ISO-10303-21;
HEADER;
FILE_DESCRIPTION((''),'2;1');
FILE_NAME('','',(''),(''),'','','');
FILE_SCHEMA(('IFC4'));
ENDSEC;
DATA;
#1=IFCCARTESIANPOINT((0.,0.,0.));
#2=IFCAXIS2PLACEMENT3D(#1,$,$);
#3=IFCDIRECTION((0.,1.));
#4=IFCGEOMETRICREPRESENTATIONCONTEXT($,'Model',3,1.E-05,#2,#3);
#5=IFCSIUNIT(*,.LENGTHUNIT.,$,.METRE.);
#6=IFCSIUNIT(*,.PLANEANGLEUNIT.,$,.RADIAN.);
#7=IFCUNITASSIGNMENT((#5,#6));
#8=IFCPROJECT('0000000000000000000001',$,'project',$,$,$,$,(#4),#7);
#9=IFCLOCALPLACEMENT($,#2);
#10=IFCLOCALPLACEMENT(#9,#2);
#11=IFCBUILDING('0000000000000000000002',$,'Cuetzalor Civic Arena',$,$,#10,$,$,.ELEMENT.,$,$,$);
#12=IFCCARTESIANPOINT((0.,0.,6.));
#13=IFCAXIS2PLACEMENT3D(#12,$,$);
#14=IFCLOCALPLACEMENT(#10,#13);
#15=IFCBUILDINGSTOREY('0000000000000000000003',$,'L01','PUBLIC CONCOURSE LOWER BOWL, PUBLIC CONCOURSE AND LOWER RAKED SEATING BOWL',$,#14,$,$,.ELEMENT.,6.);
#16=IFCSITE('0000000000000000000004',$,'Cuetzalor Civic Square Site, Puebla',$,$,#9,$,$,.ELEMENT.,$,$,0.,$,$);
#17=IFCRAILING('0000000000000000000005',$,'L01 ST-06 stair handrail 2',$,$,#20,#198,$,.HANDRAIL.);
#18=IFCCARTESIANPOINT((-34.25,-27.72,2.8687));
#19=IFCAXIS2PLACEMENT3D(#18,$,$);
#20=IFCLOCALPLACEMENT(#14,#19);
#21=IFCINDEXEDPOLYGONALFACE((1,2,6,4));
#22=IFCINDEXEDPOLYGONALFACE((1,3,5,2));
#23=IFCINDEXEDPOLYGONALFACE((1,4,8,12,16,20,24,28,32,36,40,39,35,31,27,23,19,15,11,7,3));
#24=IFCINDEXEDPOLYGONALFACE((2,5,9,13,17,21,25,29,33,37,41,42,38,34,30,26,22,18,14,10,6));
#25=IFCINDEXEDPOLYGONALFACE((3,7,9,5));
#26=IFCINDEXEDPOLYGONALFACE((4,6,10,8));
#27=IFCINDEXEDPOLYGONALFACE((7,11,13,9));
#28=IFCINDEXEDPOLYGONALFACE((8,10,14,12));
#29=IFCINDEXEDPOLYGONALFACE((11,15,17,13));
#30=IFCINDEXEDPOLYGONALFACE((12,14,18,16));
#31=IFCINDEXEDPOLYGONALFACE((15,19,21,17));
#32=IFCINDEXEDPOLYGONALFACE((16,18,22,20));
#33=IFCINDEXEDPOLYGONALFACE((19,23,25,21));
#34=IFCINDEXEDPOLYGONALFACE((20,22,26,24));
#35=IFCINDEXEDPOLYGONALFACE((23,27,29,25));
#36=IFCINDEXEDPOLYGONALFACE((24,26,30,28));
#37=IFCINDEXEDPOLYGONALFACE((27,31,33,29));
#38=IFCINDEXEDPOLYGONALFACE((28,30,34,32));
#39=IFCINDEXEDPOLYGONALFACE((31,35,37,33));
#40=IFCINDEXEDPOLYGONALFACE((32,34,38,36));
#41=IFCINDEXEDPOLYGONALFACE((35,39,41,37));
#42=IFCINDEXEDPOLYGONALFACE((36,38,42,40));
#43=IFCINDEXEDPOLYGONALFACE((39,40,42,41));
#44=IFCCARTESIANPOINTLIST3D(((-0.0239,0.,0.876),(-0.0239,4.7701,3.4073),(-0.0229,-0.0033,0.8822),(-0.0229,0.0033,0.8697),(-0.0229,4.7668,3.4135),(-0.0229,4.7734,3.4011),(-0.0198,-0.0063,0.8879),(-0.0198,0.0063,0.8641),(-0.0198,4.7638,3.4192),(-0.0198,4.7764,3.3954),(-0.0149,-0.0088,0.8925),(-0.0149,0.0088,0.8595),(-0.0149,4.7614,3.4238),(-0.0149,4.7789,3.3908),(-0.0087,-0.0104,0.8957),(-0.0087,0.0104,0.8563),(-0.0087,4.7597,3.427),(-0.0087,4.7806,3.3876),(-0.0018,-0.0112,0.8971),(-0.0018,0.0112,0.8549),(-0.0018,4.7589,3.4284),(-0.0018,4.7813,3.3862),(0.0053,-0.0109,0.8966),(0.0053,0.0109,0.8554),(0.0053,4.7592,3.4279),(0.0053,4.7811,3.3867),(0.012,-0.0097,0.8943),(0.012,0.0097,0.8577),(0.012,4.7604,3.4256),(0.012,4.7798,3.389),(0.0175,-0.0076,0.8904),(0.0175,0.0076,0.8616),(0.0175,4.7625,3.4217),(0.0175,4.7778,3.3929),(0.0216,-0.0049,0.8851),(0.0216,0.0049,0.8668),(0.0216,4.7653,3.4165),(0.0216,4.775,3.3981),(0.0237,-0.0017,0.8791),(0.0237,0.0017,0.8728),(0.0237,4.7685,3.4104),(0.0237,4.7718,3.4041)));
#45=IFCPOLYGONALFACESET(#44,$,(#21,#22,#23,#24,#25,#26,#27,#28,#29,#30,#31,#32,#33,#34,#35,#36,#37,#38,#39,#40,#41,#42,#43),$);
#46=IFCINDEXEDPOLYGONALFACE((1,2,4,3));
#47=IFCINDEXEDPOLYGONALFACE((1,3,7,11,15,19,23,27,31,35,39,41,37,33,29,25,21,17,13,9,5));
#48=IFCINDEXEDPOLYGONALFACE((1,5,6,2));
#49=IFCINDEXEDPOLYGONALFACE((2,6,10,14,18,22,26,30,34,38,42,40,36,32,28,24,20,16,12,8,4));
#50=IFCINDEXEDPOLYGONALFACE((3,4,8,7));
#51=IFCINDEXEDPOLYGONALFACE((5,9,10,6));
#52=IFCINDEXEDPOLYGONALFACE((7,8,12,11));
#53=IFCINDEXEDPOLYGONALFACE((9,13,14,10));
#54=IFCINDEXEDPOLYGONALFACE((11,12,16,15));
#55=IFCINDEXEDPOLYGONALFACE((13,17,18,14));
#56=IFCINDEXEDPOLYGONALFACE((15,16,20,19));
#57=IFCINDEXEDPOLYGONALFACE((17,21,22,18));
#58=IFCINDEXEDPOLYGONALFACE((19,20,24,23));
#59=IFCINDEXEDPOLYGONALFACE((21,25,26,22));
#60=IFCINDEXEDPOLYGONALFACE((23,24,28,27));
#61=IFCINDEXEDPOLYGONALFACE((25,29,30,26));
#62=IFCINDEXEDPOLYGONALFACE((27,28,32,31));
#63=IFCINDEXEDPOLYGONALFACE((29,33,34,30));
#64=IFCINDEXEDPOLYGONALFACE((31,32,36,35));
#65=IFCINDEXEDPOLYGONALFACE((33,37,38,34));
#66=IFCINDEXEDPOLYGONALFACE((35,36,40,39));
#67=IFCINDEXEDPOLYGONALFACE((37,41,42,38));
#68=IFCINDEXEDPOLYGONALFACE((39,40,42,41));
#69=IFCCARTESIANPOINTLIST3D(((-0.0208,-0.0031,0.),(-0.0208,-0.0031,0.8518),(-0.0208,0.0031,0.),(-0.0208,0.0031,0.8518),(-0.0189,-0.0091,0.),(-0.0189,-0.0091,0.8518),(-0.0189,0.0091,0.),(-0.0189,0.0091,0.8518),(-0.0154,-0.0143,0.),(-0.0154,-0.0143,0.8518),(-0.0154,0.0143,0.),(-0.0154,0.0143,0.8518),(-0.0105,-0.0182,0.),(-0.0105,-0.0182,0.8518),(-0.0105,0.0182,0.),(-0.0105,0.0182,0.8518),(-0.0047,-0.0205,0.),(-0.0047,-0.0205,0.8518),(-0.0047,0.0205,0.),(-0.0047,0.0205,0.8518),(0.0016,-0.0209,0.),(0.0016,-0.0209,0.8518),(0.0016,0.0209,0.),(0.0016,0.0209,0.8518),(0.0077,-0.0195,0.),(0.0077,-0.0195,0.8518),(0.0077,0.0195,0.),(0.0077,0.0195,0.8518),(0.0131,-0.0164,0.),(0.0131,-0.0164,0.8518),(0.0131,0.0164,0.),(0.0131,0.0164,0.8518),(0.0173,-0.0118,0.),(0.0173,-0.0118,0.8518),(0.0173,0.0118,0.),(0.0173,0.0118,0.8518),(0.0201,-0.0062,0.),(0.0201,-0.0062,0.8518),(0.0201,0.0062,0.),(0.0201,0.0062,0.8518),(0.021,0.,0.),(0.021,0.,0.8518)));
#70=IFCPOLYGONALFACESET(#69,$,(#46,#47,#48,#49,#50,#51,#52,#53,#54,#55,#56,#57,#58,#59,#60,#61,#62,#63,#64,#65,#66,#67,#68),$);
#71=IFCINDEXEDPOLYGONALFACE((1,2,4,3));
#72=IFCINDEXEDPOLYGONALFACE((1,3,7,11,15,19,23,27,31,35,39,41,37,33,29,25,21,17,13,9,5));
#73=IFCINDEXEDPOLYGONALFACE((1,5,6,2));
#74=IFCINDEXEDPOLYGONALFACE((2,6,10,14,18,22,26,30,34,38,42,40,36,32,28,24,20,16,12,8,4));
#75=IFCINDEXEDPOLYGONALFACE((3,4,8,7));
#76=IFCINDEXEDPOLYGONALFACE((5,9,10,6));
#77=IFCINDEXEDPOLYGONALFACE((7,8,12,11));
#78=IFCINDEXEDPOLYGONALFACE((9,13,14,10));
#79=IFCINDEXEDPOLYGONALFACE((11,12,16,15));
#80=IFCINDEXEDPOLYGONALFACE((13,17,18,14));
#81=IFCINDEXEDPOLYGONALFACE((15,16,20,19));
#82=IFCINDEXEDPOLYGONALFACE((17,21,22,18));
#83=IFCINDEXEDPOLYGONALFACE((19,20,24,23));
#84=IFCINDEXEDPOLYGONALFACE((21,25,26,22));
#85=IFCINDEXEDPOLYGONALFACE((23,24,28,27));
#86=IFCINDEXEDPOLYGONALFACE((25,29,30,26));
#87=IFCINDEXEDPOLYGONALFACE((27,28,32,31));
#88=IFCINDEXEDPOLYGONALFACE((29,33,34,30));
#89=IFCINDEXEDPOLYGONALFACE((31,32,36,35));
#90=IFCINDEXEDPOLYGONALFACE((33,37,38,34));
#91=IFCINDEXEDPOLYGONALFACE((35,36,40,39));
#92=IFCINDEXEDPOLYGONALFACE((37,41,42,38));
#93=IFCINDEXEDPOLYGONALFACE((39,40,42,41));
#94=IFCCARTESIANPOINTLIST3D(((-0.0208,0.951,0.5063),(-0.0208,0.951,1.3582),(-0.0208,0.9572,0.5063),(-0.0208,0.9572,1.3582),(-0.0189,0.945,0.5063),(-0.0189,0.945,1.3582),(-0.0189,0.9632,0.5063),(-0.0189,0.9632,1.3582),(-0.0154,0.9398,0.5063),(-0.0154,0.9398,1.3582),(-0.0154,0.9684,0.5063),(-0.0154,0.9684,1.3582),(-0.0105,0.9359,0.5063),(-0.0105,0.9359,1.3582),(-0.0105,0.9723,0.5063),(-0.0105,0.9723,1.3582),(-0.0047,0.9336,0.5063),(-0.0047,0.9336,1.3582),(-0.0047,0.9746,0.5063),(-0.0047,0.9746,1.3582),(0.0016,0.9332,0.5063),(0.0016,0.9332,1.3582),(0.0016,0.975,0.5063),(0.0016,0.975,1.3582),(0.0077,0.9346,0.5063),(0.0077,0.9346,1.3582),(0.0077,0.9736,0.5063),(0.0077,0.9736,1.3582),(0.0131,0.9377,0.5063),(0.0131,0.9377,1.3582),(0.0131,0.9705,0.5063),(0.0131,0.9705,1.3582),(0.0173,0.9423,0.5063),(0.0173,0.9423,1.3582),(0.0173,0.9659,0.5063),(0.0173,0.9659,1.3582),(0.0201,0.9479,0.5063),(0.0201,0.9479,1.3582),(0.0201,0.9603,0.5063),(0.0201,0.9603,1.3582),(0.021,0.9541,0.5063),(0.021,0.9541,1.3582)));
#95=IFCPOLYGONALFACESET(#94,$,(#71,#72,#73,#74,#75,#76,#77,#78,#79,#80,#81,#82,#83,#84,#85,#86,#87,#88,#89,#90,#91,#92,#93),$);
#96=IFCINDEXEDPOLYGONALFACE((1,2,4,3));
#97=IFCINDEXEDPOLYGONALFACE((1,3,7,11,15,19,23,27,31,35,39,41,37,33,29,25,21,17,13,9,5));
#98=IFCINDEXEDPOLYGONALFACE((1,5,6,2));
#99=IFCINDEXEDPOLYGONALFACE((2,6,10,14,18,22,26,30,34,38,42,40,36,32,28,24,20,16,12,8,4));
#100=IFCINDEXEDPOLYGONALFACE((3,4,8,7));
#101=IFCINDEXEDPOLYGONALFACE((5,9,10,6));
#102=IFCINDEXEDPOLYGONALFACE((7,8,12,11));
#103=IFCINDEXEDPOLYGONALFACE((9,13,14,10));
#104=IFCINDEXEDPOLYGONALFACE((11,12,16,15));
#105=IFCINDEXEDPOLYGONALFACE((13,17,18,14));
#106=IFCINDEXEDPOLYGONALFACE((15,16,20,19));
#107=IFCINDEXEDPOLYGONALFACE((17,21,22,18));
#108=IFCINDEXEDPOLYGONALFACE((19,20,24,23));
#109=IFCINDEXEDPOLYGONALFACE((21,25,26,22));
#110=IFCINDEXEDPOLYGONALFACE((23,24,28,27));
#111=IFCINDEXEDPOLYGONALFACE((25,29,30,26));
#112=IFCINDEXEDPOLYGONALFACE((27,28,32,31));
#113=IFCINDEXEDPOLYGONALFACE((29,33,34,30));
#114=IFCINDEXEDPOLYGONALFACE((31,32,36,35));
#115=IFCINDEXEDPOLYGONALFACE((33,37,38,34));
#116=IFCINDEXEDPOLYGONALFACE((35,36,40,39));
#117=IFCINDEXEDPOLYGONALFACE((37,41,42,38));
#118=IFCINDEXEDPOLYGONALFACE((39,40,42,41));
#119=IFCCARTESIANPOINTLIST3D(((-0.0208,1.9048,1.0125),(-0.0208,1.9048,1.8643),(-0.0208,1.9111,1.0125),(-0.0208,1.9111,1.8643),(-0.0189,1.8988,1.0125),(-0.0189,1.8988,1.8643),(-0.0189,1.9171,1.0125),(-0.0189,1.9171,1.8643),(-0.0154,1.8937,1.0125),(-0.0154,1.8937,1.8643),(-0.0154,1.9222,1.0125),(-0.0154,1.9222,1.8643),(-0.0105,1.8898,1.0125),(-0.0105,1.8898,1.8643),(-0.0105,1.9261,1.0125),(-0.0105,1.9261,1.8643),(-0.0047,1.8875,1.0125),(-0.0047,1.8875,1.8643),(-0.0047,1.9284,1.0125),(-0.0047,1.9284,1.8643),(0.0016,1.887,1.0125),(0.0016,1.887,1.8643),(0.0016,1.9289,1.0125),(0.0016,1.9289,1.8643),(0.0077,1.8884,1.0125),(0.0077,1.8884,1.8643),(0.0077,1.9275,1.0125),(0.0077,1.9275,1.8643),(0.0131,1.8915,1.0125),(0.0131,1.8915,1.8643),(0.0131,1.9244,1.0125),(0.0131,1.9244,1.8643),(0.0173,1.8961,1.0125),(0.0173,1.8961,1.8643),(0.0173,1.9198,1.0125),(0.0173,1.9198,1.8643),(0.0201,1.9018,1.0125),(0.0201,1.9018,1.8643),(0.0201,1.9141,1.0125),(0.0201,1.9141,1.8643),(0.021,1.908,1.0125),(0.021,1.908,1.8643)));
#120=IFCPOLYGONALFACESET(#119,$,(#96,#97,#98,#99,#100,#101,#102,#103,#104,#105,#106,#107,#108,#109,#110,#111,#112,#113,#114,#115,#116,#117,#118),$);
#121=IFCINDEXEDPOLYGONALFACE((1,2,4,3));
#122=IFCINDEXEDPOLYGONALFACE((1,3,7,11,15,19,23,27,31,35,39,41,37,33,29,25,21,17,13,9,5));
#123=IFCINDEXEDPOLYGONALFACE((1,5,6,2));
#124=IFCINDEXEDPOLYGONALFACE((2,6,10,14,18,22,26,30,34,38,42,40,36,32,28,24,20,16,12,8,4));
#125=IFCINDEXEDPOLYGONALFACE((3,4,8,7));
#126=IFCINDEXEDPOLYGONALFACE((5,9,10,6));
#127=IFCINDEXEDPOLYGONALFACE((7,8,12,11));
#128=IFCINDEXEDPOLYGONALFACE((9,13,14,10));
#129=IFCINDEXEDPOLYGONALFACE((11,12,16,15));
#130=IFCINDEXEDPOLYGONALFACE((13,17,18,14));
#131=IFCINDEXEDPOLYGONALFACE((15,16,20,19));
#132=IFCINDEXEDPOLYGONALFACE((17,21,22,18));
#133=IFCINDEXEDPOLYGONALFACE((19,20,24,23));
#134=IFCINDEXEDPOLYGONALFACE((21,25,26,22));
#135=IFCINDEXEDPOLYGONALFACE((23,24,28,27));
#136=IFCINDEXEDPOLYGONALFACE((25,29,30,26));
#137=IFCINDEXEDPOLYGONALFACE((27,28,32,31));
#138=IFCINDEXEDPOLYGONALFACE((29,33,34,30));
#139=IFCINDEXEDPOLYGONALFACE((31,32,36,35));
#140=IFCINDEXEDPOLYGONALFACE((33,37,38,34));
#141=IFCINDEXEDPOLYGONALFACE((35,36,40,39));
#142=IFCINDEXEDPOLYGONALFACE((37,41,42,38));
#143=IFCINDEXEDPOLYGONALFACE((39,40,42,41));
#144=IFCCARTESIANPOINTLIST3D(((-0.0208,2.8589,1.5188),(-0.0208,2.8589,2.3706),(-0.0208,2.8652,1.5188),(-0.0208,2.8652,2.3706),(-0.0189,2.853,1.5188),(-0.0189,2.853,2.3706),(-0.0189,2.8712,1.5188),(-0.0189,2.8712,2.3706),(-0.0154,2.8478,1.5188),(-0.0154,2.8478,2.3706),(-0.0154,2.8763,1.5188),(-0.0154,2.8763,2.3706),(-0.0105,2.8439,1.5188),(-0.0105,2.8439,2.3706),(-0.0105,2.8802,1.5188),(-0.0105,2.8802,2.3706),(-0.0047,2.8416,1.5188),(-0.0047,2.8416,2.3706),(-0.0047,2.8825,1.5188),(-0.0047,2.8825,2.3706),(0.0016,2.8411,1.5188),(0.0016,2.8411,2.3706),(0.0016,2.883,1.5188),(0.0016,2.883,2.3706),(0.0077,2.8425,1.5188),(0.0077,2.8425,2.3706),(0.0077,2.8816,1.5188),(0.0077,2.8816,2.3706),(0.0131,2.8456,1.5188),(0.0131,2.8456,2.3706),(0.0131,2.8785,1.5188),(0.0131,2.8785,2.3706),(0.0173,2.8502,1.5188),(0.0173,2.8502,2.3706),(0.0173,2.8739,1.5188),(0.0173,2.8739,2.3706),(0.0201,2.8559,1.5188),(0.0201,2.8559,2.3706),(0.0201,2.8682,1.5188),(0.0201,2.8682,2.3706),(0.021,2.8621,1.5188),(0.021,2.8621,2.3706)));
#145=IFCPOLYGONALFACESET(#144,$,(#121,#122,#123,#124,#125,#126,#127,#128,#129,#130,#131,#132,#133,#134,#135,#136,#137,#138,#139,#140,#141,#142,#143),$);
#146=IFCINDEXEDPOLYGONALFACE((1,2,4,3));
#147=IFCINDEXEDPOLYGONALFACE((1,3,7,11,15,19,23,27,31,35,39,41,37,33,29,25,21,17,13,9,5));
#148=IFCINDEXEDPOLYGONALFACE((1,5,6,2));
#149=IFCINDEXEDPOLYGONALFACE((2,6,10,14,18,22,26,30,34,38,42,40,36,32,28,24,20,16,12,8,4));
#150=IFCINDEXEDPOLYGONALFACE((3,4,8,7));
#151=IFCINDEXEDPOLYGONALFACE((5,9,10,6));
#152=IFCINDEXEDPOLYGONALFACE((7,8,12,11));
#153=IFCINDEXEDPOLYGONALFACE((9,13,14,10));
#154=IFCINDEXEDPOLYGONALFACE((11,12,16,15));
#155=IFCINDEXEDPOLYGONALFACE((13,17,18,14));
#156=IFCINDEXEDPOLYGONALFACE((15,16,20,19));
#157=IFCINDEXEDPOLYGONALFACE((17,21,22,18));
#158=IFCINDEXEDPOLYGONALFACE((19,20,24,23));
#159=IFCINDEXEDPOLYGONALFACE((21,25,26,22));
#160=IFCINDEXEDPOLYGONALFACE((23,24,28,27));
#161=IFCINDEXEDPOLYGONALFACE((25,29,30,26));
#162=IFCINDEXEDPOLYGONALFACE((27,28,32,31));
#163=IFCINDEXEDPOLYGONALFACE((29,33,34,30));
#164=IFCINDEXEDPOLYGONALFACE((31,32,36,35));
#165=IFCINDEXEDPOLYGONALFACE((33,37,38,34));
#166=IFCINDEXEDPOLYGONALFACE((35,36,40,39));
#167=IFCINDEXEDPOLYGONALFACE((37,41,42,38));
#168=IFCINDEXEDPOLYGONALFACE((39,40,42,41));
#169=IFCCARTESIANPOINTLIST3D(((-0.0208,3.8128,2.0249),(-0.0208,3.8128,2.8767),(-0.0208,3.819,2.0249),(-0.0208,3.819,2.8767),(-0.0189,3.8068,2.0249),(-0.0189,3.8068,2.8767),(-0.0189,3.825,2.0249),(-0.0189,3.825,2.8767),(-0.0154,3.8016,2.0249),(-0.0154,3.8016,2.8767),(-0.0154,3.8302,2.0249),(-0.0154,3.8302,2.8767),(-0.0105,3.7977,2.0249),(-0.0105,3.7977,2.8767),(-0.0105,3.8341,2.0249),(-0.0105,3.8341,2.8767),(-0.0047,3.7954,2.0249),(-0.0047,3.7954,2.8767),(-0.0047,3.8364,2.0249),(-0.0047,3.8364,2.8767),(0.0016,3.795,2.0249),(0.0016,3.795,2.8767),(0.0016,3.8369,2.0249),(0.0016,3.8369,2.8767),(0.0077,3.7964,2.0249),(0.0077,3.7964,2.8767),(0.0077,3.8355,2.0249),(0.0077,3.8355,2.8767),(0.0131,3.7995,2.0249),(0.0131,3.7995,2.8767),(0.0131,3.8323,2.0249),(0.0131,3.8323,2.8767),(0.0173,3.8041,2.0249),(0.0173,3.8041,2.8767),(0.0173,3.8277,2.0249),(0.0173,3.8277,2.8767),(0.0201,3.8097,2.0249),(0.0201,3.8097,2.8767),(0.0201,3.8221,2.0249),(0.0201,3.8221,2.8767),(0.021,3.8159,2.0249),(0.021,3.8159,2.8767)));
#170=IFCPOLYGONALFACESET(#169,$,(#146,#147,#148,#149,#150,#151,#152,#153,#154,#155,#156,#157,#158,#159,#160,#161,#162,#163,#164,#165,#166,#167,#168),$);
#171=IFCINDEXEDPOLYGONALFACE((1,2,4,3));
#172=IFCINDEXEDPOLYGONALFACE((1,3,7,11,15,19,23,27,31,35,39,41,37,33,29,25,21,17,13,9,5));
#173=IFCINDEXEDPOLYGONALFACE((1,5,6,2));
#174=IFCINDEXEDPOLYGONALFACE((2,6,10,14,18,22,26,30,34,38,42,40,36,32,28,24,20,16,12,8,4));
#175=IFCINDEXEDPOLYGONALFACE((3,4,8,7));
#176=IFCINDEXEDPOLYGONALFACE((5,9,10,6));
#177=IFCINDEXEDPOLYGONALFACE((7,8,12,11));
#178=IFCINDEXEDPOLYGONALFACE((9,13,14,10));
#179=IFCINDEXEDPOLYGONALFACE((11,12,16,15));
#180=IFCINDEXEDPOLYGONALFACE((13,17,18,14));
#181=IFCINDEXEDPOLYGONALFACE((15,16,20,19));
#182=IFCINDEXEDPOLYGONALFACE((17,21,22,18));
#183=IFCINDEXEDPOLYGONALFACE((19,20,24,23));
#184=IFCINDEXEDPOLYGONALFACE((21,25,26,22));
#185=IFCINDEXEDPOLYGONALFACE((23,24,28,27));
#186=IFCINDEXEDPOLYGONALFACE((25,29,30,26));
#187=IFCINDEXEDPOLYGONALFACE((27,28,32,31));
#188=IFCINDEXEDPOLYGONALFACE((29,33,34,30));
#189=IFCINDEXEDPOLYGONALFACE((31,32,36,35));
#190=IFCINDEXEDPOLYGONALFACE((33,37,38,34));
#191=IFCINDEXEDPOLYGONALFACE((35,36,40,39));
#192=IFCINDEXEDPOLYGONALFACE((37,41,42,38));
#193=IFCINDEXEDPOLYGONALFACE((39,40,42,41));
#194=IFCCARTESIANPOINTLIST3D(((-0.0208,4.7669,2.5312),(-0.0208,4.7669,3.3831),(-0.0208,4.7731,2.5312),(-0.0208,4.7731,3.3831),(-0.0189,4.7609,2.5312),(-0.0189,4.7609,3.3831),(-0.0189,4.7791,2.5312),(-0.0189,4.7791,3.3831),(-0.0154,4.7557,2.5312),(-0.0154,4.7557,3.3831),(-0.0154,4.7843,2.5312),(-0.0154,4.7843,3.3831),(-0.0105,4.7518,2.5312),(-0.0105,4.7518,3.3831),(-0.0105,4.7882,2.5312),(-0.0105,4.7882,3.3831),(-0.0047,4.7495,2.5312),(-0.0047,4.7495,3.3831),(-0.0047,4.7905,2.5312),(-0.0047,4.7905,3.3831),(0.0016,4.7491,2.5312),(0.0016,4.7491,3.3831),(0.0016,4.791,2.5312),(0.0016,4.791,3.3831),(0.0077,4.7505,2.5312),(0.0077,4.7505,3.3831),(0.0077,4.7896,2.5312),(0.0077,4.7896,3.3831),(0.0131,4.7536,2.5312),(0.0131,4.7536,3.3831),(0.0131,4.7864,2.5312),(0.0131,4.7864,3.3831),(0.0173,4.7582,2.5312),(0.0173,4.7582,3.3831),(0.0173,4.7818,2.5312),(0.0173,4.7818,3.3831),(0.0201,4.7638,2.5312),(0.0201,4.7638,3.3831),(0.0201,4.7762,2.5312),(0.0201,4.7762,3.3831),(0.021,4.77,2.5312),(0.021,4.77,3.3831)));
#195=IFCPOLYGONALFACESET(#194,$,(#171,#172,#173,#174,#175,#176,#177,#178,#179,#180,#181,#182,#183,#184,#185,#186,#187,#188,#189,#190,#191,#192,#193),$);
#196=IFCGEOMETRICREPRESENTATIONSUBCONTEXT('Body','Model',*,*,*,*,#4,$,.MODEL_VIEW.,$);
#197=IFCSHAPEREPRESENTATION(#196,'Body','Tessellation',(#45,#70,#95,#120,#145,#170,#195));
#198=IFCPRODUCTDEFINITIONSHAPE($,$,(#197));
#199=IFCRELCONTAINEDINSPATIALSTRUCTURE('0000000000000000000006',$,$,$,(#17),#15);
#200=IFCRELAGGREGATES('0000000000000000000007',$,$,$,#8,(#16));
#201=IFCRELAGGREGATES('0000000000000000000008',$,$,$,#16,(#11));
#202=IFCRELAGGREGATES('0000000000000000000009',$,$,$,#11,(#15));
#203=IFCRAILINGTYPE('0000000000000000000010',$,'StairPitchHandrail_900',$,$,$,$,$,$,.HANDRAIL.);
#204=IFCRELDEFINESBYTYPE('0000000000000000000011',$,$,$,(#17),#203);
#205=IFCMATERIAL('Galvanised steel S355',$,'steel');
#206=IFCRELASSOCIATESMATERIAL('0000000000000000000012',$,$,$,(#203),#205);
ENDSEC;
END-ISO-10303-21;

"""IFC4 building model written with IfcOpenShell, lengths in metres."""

from ifc_helpers import new_model, si_unit, direction, frame, origin, origin_2d, place, context, subcontext, project, spatial, circle, extrude, material, type_object, element, save


model = new_model("IFC4")

# Units and contexts
model_context = context("Model", 3, precision=1e-05, world=origin(), true_north=direction((0.0, 1.0)))
body_context = subcontext(model_context, "Body", "Model", "MODEL_VIEW")
ifc_project = project(units=[si_unit("LENGTHUNIT", "METRE"), si_unit("PLANEANGLEUNIT", "RADIAN")], contexts=[model_context])

# Site, building, storey
site_placement = place(None, origin())
site = spatial("IfcSite", under=ifc_project, at=site_placement, Name="Cuetzalor Civic Square Site, Puebla", CompositionType="ELEMENT", RefElevation=0.0)
building_placement = place(site_placement, origin())
building = spatial("IfcBuilding", under=site, at=building_placement, Name="Cuetzalor Civic Arena", CompositionType="ELEMENT")
storey_placement = place(building_placement, frame((0.0, 0.0, 6.0)))
storey = spatial("IfcBuildingStorey", under=building, at=storey_placement, Name="L01", Description="PUBLIC CONCOURSE LOWER BOWL, PUBLIC CONCOURSE AND LOWER RAKED SEATING BOWL", CompositionType="ELEMENT", Elevation=6.0)

# Railing
ifc_material_1 = material(Name="Galvanised steel S355", Category="steel")
railing_type_1 = type_object("IfcRailingType", Name="StairPitchHandrail_900", PredefinedType="HANDRAIL", material=ifc_material_1)
railing_1_placement = place(storey_placement, frame((-34.25, -27.72, 2.8687)))
element("IfcRailing", 1, at=railing_1_placement, inside=storey, type_object=railing_type_1, Name="L01 ST-06 stair handrail 2", PredefinedType="HANDRAIL", context=body_context, shape_type="SweptSolid", body=[
    extrude(circle(Radius=0.0239, at=origin_2d()), frame((0.0, 0.0, 0.876), z_axis=(0.0, 0.883332, 0.468747), x_axis=(-1.0, 0.0, 0.0)), (0.0, 0.0, 1.0), 5.4001),
    extrude(circle(Radius=0.021, at=origin_2d()), origin(), (0.0, 0.0, 1.0), 0.8518),
    extrude(circle(Radius=0.021, at=origin_2d()), frame((0.0, 0.9541, 0.5063)), (0.0, 0.0, 1.0), 0.8518),
    extrude(circle(Radius=0.021, at=origin_2d()), frame((0.0, 1.908, 1.0125)), (0.0, 0.0, 1.0), 0.8518),
    extrude(circle(Radius=0.021, at=origin_2d()), frame((0.0, 2.8621, 1.5188)), (0.0, 0.0, 1.0), 0.8518),
    extrude(circle(Radius=0.021, at=origin_2d()), frame((0.0, 3.8159, 2.0249)), (0.0, 0.0, 1.0), 0.8518),
    extrude(circle(Radius=0.021, at=origin_2d()), frame((0.0, 4.77, 2.5312)), (0.0, 0.0, 1.0), 0.8518),
])

save(model, "model.ifc")
